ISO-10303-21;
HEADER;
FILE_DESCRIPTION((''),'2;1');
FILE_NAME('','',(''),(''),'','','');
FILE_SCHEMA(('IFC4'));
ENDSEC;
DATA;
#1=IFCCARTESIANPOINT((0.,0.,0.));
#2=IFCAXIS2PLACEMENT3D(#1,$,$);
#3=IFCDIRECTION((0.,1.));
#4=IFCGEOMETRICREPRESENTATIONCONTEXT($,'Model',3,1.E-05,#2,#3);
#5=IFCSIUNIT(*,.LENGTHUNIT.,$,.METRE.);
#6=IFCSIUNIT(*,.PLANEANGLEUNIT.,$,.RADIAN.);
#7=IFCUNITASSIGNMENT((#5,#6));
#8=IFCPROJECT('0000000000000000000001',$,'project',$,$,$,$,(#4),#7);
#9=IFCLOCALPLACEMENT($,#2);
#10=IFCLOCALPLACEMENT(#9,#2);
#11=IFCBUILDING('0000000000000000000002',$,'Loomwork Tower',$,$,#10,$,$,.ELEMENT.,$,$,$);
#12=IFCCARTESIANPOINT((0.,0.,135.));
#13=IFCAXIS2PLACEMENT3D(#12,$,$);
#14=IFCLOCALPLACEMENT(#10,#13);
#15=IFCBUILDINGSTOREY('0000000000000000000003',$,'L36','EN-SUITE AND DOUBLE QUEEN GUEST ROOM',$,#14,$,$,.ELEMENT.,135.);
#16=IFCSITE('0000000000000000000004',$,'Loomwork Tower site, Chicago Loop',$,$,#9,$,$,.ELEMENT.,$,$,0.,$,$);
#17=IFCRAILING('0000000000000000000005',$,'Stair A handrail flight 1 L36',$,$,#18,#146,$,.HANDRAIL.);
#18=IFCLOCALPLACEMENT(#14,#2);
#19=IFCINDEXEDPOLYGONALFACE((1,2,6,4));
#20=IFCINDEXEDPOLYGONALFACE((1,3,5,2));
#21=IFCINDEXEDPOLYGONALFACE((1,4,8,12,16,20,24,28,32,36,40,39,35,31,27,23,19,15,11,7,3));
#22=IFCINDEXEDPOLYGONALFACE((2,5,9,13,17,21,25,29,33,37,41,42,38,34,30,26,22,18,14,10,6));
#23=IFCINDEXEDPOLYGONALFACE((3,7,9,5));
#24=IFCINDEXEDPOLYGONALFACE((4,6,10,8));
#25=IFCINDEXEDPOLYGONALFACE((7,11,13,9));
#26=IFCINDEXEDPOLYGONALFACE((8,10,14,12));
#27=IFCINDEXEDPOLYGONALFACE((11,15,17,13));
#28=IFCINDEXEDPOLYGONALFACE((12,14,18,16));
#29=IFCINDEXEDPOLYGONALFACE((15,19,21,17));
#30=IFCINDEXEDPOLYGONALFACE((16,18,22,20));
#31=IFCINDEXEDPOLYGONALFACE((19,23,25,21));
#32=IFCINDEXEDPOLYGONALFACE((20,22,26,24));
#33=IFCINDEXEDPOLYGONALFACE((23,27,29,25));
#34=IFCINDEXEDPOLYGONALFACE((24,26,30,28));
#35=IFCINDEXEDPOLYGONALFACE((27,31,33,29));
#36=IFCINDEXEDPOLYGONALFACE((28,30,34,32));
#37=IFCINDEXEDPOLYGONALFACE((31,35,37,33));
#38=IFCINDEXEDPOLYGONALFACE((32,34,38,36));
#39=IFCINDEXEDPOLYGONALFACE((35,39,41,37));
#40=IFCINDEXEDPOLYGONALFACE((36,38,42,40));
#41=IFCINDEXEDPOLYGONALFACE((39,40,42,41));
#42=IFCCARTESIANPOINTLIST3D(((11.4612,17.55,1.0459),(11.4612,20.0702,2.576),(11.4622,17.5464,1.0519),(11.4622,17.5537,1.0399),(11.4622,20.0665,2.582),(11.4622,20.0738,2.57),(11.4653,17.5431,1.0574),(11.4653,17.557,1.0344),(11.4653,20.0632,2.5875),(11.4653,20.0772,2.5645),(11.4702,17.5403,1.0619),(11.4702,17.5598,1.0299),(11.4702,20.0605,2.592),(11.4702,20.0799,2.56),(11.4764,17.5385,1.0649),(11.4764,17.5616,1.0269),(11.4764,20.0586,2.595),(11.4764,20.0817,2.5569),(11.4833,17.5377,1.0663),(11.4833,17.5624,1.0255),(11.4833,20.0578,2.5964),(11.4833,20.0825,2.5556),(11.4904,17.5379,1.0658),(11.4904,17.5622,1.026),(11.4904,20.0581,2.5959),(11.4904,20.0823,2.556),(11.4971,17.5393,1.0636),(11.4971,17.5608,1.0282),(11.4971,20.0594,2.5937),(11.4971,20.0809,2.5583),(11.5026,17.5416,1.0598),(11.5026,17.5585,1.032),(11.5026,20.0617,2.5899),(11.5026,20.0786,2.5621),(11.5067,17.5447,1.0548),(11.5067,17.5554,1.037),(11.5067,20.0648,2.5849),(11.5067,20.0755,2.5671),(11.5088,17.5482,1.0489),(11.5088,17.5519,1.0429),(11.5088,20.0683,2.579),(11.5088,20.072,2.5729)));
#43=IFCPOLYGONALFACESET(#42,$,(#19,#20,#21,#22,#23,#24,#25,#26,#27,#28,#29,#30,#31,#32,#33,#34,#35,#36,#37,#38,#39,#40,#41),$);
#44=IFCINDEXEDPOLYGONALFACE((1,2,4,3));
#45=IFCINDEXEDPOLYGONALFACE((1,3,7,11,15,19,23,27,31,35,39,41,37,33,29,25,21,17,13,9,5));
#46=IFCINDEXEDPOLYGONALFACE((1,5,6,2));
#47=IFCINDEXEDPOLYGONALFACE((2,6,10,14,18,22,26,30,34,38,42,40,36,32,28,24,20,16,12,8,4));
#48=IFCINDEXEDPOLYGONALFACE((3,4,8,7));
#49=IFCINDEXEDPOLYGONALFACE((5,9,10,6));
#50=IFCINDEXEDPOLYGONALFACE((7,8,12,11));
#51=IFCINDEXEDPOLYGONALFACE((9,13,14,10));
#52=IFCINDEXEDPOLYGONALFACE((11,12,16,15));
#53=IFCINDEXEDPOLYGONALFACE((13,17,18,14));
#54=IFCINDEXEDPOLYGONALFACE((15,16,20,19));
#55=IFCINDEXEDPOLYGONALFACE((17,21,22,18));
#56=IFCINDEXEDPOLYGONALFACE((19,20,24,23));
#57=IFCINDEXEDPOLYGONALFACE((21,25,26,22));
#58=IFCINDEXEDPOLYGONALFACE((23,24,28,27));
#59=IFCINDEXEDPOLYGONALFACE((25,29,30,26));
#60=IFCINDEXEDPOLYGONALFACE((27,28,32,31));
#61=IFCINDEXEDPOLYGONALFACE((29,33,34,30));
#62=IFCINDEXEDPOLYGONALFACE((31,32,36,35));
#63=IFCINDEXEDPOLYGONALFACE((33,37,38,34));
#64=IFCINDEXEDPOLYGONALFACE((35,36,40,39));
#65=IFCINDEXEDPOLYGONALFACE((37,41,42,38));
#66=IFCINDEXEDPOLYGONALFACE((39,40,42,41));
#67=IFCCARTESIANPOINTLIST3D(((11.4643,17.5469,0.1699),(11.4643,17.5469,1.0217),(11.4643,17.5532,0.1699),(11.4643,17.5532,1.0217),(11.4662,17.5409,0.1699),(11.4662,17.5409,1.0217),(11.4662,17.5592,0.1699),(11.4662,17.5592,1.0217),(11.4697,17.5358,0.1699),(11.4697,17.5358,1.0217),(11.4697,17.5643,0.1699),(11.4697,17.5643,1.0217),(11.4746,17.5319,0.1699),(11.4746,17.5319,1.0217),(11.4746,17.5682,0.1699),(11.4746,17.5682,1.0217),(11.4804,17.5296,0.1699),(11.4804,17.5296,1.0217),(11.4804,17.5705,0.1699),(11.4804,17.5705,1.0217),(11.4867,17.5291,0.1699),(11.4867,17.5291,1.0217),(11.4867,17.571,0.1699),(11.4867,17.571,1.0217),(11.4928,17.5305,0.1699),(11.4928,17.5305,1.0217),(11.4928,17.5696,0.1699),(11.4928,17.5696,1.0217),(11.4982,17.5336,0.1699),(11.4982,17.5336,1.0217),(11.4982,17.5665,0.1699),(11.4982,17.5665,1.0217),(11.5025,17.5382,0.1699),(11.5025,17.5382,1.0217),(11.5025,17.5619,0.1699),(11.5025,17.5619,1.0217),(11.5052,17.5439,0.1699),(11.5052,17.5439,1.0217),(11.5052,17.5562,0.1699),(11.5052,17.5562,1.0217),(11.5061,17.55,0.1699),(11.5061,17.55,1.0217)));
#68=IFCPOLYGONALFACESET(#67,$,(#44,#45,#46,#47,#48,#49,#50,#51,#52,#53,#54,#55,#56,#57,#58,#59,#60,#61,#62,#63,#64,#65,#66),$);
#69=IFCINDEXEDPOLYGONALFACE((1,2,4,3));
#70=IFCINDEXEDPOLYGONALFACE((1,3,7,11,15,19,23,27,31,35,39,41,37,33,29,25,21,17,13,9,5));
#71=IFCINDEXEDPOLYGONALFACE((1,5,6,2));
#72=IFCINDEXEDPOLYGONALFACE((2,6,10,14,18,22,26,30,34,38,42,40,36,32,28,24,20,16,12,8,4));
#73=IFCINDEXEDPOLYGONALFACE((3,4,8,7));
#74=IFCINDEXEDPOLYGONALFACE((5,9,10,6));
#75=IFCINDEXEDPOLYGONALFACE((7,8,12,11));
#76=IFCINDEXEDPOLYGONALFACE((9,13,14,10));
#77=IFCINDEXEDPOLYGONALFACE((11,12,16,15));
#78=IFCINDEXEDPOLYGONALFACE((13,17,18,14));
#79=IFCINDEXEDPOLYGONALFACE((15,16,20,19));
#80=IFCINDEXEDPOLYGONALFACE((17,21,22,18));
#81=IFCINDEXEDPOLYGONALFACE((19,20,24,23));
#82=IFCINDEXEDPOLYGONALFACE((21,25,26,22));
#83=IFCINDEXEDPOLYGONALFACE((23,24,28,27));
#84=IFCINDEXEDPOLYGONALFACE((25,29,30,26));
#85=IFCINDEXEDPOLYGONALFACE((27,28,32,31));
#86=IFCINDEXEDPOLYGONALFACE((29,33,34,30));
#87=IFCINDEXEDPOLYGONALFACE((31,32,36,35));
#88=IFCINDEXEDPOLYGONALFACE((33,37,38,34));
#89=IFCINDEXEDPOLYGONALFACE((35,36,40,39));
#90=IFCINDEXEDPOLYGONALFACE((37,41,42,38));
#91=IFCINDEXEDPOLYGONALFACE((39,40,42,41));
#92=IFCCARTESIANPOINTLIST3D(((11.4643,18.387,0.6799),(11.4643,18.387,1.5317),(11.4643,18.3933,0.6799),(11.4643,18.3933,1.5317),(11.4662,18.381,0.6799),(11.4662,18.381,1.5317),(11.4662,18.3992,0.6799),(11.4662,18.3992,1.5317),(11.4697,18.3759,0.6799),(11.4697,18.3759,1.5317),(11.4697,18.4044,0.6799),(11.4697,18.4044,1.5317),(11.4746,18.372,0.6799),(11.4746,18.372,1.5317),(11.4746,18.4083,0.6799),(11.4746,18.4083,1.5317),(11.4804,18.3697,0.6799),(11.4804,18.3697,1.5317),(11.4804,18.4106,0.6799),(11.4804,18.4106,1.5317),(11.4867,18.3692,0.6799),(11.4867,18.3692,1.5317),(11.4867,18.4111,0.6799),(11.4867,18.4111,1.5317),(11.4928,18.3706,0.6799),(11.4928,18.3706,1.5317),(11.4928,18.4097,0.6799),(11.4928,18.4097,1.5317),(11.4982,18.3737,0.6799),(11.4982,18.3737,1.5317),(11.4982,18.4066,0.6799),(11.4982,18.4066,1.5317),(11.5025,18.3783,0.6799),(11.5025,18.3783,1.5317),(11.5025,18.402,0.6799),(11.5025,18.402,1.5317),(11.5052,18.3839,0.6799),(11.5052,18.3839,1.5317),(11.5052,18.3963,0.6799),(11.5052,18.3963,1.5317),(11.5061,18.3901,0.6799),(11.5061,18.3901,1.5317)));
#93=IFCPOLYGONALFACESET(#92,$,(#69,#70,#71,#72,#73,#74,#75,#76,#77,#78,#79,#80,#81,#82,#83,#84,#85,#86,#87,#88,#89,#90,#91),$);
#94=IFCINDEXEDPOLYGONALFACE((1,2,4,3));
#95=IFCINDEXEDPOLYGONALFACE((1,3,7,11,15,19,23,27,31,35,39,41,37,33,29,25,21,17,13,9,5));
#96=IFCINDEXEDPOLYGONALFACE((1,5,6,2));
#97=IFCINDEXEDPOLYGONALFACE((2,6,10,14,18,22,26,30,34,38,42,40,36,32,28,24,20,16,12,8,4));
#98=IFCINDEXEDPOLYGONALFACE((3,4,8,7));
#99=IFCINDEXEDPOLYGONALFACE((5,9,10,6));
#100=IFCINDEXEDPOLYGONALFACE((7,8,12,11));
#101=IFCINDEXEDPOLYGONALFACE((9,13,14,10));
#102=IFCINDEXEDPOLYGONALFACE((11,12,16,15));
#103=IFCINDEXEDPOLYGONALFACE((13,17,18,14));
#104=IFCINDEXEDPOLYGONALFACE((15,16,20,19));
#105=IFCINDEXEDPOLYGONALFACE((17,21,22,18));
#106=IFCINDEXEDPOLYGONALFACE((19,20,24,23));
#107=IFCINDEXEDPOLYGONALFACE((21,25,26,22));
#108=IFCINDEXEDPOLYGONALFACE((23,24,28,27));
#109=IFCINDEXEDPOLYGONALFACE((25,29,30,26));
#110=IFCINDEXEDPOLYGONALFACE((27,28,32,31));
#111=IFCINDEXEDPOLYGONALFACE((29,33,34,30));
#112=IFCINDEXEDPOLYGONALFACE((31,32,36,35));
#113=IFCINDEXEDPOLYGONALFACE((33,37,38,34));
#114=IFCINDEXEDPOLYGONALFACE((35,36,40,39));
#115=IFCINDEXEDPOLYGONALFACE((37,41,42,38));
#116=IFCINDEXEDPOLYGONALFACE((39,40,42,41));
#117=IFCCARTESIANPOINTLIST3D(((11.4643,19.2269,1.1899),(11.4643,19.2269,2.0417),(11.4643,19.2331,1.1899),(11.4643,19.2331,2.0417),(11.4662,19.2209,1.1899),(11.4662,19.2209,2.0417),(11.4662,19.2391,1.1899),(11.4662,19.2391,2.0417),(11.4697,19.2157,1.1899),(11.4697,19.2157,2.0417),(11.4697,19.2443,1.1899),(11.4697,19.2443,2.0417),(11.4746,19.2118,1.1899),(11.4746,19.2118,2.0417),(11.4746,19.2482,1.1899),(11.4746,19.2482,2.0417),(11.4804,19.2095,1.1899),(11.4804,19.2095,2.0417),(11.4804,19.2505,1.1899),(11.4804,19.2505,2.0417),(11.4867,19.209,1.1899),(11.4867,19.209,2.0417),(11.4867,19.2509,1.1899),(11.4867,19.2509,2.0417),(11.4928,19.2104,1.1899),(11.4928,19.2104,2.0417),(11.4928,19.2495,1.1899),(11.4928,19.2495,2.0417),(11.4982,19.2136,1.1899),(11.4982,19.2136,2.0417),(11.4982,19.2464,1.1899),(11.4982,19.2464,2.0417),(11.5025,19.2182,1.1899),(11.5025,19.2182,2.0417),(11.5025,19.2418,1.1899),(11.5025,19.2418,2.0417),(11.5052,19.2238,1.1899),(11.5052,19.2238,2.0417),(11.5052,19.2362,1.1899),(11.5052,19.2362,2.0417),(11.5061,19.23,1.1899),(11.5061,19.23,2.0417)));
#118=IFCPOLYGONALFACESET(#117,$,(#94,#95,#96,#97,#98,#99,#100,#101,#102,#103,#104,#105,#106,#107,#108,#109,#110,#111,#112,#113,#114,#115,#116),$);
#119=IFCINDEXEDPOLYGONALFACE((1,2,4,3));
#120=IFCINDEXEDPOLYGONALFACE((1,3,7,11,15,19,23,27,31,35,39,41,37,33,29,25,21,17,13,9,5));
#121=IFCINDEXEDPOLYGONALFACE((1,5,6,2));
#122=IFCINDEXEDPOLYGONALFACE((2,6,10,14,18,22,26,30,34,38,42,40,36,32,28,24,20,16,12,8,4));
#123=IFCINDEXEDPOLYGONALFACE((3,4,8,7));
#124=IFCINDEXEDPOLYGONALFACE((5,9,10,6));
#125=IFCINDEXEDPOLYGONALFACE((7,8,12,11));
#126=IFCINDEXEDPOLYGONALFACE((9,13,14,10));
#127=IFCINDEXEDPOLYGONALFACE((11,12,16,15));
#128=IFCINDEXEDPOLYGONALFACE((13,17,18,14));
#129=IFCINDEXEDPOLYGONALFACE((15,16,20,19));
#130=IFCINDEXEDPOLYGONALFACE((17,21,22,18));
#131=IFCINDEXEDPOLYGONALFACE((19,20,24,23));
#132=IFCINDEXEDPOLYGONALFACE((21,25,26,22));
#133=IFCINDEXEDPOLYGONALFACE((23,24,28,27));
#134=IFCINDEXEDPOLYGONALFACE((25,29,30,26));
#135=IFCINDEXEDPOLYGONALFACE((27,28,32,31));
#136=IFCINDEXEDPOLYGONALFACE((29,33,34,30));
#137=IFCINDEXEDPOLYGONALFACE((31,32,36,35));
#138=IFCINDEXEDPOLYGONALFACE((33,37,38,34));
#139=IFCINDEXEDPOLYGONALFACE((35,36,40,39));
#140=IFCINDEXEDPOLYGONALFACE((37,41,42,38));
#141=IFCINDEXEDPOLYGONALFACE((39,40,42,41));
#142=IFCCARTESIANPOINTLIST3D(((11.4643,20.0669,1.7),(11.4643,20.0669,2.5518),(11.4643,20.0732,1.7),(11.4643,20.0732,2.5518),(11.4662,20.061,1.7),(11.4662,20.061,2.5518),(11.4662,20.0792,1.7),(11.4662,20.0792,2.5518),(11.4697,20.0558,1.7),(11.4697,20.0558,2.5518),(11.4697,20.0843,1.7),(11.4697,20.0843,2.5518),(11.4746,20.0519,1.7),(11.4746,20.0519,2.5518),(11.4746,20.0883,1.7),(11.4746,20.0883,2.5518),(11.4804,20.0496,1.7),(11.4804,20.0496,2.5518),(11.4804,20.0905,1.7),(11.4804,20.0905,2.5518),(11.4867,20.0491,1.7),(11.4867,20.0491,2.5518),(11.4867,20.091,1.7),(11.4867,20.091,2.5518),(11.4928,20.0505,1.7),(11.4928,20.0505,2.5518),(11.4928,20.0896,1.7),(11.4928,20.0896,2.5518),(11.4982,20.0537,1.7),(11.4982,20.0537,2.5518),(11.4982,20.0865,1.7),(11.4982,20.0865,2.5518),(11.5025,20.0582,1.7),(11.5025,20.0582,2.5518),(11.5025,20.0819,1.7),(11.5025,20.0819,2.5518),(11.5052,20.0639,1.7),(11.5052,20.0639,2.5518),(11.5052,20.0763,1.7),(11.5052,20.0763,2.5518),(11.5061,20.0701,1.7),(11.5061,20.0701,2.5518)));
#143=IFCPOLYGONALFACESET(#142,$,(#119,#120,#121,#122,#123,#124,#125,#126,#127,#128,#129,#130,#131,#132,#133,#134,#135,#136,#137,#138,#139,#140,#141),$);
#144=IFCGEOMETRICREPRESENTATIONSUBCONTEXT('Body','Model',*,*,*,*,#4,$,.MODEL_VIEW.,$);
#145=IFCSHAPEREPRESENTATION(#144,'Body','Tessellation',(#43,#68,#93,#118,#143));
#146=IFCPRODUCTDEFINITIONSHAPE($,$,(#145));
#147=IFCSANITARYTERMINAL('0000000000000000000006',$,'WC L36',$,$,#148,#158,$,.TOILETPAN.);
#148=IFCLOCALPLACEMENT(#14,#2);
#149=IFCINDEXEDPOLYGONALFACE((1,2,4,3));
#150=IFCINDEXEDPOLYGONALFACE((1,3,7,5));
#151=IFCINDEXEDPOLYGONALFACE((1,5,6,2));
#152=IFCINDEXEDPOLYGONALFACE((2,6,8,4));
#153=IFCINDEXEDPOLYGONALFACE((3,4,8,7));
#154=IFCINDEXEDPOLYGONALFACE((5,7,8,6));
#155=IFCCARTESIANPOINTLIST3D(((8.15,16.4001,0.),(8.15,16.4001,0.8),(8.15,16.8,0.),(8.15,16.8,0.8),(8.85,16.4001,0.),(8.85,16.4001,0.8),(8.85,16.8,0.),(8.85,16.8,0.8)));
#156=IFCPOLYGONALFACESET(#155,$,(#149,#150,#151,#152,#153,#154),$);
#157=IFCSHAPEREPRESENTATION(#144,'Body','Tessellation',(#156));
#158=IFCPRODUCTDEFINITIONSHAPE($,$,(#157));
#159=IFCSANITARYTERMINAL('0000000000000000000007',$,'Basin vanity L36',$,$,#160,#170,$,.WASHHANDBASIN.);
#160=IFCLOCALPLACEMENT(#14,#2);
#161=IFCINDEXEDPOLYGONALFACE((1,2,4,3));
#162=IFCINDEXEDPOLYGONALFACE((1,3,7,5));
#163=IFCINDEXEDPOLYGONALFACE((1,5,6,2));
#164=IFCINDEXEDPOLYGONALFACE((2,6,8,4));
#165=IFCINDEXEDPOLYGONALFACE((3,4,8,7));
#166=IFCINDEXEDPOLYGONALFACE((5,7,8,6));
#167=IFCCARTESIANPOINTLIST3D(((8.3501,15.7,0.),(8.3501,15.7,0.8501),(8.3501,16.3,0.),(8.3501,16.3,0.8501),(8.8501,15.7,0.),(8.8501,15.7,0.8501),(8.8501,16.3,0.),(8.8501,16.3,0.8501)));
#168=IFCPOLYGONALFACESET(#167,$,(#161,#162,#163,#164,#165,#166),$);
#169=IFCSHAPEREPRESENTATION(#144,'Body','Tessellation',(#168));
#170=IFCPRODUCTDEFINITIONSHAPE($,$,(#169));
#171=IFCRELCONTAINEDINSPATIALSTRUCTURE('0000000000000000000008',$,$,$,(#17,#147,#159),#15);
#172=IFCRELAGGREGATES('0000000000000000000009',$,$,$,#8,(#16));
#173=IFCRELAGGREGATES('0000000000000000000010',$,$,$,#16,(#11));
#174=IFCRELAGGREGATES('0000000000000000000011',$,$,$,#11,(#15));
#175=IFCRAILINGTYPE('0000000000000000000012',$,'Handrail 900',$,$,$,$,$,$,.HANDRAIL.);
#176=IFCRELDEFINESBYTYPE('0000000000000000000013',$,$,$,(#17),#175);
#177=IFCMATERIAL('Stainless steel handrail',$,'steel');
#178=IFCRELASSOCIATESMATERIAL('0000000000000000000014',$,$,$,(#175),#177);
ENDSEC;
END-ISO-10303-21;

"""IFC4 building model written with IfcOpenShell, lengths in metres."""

from ifc_helpers import new_model, si_unit, direction, frame, origin, origin_2d, place, context, subcontext, project, spatial, rectangle, circle, extrude, material, type_object, element, save


model = new_model("IFC4")

# Units and contexts
model_context = context("Model", 3, precision=1e-05, world=origin(), true_north=direction((0.0, 1.0)))
body_context = subcontext(model_context, "Body", "Model", "MODEL_VIEW")
ifc_project = project(units=[si_unit("LENGTHUNIT", "METRE"), si_unit("PLANEANGLEUNIT", "RADIAN")], contexts=[model_context])

# Site, building, storey
site_placement = place(None, origin())
site = spatial("IfcSite", under=ifc_project, at=site_placement, Name="Loomwork Tower site, Chicago Loop", CompositionType="ELEMENT", RefElevation=0.0)
building_placement = place(site_placement, origin())
building = spatial("IfcBuilding", under=site, at=building_placement, Name="Loomwork Tower", CompositionType="ELEMENT")
storey_placement = place(building_placement, frame((0.0, 0.0, 135.0)))
storey = spatial("IfcBuildingStorey", under=building, at=storey_placement, Name="L36", Description="EN-SUITE AND DOUBLE QUEEN GUEST ROOM", CompositionType="ELEMENT", Elevation=135.0)

# Railing
ifc_material_1 = material(Name="Stainless steel handrail", Category="steel")
railing_type = type_object("IfcRailingType", Name="Handrail 900", PredefinedType="HANDRAIL", material=ifc_material_1)
railing_placement = place(storey_placement, frame((11.4851, 17.55, 0.1699)))
element("IfcRailing", 1, at=railing_placement, inside=storey, type_object=railing_type, Name="Stair A handrail flight 1 L36", PredefinedType="HANDRAIL", context=body_context, shape_type="SweptSolid", body=[
    extrude(circle(Radius=0.0239, at=origin_2d()), frame((0.0, 0.0, 0.876), z_axis=(0.0, 0.854785, 0.518982), x_axis=(-1.0, 0.0, 0.0)), (0.0, 0.0, 1.0), 2.9482),
    extrude(circle(Radius=0.021, at=origin_2d()), origin(), (0.0, 0.0, 1.0), 0.8518),
    extrude(circle(Radius=0.021, at=origin_2d()), frame((0.0, 0.8401, 0.51)), (0.0, 0.0, 1.0), 0.8518),
    extrude(circle(Radius=0.021, at=origin_2d()), frame((0.0, 1.6799, 1.02)), (0.0, 0.0, 1.0), 0.8518),
    extrude(circle(Radius=0.021, at=origin_2d()), frame((0.0, 2.52, 1.53)), (0.0, 0.0, 1.0), 0.8518),
])

# Sanitary terminals
sanitary_terminal_1_placement = place(storey_placement, frame((8.5, 16.6001, 0.0), z_axis=(0.0, 0.0, 1.0), x_axis=(1.0, 0.0, 0.0)))
element("IfcSanitaryTerminal", 2, at=sanitary_terminal_1_placement, inside=storey, Name="WC L36", PredefinedType="TOILETPAN", context=body_context, shape_type="SweptSolid", body=[
    extrude(rectangle(XDim=0.7, YDim=0.3999, at=origin_2d()), origin(), (0.0, 0.0, 1.0), 0.8),
])
sanitary_terminal_2_placement = place(storey_placement, frame((8.6001, 16.0, 0.0), z_axis=(0.0, 0.0, 1.0), x_axis=(1.0, 0.0, 0.0)))
element("IfcSanitaryTerminal", 3, at=sanitary_terminal_2_placement, inside=storey, Name="Basin vanity L36", PredefinedType="WASHHANDBASIN", context=body_context, shape_type="SweptSolid", body=[
    extrude(rectangle(XDim=0.5, YDim=0.6001, at=origin_2d()), origin(), (0.0, 0.0, 1.0), 0.8501),
])

save(model, "model.ifc")
